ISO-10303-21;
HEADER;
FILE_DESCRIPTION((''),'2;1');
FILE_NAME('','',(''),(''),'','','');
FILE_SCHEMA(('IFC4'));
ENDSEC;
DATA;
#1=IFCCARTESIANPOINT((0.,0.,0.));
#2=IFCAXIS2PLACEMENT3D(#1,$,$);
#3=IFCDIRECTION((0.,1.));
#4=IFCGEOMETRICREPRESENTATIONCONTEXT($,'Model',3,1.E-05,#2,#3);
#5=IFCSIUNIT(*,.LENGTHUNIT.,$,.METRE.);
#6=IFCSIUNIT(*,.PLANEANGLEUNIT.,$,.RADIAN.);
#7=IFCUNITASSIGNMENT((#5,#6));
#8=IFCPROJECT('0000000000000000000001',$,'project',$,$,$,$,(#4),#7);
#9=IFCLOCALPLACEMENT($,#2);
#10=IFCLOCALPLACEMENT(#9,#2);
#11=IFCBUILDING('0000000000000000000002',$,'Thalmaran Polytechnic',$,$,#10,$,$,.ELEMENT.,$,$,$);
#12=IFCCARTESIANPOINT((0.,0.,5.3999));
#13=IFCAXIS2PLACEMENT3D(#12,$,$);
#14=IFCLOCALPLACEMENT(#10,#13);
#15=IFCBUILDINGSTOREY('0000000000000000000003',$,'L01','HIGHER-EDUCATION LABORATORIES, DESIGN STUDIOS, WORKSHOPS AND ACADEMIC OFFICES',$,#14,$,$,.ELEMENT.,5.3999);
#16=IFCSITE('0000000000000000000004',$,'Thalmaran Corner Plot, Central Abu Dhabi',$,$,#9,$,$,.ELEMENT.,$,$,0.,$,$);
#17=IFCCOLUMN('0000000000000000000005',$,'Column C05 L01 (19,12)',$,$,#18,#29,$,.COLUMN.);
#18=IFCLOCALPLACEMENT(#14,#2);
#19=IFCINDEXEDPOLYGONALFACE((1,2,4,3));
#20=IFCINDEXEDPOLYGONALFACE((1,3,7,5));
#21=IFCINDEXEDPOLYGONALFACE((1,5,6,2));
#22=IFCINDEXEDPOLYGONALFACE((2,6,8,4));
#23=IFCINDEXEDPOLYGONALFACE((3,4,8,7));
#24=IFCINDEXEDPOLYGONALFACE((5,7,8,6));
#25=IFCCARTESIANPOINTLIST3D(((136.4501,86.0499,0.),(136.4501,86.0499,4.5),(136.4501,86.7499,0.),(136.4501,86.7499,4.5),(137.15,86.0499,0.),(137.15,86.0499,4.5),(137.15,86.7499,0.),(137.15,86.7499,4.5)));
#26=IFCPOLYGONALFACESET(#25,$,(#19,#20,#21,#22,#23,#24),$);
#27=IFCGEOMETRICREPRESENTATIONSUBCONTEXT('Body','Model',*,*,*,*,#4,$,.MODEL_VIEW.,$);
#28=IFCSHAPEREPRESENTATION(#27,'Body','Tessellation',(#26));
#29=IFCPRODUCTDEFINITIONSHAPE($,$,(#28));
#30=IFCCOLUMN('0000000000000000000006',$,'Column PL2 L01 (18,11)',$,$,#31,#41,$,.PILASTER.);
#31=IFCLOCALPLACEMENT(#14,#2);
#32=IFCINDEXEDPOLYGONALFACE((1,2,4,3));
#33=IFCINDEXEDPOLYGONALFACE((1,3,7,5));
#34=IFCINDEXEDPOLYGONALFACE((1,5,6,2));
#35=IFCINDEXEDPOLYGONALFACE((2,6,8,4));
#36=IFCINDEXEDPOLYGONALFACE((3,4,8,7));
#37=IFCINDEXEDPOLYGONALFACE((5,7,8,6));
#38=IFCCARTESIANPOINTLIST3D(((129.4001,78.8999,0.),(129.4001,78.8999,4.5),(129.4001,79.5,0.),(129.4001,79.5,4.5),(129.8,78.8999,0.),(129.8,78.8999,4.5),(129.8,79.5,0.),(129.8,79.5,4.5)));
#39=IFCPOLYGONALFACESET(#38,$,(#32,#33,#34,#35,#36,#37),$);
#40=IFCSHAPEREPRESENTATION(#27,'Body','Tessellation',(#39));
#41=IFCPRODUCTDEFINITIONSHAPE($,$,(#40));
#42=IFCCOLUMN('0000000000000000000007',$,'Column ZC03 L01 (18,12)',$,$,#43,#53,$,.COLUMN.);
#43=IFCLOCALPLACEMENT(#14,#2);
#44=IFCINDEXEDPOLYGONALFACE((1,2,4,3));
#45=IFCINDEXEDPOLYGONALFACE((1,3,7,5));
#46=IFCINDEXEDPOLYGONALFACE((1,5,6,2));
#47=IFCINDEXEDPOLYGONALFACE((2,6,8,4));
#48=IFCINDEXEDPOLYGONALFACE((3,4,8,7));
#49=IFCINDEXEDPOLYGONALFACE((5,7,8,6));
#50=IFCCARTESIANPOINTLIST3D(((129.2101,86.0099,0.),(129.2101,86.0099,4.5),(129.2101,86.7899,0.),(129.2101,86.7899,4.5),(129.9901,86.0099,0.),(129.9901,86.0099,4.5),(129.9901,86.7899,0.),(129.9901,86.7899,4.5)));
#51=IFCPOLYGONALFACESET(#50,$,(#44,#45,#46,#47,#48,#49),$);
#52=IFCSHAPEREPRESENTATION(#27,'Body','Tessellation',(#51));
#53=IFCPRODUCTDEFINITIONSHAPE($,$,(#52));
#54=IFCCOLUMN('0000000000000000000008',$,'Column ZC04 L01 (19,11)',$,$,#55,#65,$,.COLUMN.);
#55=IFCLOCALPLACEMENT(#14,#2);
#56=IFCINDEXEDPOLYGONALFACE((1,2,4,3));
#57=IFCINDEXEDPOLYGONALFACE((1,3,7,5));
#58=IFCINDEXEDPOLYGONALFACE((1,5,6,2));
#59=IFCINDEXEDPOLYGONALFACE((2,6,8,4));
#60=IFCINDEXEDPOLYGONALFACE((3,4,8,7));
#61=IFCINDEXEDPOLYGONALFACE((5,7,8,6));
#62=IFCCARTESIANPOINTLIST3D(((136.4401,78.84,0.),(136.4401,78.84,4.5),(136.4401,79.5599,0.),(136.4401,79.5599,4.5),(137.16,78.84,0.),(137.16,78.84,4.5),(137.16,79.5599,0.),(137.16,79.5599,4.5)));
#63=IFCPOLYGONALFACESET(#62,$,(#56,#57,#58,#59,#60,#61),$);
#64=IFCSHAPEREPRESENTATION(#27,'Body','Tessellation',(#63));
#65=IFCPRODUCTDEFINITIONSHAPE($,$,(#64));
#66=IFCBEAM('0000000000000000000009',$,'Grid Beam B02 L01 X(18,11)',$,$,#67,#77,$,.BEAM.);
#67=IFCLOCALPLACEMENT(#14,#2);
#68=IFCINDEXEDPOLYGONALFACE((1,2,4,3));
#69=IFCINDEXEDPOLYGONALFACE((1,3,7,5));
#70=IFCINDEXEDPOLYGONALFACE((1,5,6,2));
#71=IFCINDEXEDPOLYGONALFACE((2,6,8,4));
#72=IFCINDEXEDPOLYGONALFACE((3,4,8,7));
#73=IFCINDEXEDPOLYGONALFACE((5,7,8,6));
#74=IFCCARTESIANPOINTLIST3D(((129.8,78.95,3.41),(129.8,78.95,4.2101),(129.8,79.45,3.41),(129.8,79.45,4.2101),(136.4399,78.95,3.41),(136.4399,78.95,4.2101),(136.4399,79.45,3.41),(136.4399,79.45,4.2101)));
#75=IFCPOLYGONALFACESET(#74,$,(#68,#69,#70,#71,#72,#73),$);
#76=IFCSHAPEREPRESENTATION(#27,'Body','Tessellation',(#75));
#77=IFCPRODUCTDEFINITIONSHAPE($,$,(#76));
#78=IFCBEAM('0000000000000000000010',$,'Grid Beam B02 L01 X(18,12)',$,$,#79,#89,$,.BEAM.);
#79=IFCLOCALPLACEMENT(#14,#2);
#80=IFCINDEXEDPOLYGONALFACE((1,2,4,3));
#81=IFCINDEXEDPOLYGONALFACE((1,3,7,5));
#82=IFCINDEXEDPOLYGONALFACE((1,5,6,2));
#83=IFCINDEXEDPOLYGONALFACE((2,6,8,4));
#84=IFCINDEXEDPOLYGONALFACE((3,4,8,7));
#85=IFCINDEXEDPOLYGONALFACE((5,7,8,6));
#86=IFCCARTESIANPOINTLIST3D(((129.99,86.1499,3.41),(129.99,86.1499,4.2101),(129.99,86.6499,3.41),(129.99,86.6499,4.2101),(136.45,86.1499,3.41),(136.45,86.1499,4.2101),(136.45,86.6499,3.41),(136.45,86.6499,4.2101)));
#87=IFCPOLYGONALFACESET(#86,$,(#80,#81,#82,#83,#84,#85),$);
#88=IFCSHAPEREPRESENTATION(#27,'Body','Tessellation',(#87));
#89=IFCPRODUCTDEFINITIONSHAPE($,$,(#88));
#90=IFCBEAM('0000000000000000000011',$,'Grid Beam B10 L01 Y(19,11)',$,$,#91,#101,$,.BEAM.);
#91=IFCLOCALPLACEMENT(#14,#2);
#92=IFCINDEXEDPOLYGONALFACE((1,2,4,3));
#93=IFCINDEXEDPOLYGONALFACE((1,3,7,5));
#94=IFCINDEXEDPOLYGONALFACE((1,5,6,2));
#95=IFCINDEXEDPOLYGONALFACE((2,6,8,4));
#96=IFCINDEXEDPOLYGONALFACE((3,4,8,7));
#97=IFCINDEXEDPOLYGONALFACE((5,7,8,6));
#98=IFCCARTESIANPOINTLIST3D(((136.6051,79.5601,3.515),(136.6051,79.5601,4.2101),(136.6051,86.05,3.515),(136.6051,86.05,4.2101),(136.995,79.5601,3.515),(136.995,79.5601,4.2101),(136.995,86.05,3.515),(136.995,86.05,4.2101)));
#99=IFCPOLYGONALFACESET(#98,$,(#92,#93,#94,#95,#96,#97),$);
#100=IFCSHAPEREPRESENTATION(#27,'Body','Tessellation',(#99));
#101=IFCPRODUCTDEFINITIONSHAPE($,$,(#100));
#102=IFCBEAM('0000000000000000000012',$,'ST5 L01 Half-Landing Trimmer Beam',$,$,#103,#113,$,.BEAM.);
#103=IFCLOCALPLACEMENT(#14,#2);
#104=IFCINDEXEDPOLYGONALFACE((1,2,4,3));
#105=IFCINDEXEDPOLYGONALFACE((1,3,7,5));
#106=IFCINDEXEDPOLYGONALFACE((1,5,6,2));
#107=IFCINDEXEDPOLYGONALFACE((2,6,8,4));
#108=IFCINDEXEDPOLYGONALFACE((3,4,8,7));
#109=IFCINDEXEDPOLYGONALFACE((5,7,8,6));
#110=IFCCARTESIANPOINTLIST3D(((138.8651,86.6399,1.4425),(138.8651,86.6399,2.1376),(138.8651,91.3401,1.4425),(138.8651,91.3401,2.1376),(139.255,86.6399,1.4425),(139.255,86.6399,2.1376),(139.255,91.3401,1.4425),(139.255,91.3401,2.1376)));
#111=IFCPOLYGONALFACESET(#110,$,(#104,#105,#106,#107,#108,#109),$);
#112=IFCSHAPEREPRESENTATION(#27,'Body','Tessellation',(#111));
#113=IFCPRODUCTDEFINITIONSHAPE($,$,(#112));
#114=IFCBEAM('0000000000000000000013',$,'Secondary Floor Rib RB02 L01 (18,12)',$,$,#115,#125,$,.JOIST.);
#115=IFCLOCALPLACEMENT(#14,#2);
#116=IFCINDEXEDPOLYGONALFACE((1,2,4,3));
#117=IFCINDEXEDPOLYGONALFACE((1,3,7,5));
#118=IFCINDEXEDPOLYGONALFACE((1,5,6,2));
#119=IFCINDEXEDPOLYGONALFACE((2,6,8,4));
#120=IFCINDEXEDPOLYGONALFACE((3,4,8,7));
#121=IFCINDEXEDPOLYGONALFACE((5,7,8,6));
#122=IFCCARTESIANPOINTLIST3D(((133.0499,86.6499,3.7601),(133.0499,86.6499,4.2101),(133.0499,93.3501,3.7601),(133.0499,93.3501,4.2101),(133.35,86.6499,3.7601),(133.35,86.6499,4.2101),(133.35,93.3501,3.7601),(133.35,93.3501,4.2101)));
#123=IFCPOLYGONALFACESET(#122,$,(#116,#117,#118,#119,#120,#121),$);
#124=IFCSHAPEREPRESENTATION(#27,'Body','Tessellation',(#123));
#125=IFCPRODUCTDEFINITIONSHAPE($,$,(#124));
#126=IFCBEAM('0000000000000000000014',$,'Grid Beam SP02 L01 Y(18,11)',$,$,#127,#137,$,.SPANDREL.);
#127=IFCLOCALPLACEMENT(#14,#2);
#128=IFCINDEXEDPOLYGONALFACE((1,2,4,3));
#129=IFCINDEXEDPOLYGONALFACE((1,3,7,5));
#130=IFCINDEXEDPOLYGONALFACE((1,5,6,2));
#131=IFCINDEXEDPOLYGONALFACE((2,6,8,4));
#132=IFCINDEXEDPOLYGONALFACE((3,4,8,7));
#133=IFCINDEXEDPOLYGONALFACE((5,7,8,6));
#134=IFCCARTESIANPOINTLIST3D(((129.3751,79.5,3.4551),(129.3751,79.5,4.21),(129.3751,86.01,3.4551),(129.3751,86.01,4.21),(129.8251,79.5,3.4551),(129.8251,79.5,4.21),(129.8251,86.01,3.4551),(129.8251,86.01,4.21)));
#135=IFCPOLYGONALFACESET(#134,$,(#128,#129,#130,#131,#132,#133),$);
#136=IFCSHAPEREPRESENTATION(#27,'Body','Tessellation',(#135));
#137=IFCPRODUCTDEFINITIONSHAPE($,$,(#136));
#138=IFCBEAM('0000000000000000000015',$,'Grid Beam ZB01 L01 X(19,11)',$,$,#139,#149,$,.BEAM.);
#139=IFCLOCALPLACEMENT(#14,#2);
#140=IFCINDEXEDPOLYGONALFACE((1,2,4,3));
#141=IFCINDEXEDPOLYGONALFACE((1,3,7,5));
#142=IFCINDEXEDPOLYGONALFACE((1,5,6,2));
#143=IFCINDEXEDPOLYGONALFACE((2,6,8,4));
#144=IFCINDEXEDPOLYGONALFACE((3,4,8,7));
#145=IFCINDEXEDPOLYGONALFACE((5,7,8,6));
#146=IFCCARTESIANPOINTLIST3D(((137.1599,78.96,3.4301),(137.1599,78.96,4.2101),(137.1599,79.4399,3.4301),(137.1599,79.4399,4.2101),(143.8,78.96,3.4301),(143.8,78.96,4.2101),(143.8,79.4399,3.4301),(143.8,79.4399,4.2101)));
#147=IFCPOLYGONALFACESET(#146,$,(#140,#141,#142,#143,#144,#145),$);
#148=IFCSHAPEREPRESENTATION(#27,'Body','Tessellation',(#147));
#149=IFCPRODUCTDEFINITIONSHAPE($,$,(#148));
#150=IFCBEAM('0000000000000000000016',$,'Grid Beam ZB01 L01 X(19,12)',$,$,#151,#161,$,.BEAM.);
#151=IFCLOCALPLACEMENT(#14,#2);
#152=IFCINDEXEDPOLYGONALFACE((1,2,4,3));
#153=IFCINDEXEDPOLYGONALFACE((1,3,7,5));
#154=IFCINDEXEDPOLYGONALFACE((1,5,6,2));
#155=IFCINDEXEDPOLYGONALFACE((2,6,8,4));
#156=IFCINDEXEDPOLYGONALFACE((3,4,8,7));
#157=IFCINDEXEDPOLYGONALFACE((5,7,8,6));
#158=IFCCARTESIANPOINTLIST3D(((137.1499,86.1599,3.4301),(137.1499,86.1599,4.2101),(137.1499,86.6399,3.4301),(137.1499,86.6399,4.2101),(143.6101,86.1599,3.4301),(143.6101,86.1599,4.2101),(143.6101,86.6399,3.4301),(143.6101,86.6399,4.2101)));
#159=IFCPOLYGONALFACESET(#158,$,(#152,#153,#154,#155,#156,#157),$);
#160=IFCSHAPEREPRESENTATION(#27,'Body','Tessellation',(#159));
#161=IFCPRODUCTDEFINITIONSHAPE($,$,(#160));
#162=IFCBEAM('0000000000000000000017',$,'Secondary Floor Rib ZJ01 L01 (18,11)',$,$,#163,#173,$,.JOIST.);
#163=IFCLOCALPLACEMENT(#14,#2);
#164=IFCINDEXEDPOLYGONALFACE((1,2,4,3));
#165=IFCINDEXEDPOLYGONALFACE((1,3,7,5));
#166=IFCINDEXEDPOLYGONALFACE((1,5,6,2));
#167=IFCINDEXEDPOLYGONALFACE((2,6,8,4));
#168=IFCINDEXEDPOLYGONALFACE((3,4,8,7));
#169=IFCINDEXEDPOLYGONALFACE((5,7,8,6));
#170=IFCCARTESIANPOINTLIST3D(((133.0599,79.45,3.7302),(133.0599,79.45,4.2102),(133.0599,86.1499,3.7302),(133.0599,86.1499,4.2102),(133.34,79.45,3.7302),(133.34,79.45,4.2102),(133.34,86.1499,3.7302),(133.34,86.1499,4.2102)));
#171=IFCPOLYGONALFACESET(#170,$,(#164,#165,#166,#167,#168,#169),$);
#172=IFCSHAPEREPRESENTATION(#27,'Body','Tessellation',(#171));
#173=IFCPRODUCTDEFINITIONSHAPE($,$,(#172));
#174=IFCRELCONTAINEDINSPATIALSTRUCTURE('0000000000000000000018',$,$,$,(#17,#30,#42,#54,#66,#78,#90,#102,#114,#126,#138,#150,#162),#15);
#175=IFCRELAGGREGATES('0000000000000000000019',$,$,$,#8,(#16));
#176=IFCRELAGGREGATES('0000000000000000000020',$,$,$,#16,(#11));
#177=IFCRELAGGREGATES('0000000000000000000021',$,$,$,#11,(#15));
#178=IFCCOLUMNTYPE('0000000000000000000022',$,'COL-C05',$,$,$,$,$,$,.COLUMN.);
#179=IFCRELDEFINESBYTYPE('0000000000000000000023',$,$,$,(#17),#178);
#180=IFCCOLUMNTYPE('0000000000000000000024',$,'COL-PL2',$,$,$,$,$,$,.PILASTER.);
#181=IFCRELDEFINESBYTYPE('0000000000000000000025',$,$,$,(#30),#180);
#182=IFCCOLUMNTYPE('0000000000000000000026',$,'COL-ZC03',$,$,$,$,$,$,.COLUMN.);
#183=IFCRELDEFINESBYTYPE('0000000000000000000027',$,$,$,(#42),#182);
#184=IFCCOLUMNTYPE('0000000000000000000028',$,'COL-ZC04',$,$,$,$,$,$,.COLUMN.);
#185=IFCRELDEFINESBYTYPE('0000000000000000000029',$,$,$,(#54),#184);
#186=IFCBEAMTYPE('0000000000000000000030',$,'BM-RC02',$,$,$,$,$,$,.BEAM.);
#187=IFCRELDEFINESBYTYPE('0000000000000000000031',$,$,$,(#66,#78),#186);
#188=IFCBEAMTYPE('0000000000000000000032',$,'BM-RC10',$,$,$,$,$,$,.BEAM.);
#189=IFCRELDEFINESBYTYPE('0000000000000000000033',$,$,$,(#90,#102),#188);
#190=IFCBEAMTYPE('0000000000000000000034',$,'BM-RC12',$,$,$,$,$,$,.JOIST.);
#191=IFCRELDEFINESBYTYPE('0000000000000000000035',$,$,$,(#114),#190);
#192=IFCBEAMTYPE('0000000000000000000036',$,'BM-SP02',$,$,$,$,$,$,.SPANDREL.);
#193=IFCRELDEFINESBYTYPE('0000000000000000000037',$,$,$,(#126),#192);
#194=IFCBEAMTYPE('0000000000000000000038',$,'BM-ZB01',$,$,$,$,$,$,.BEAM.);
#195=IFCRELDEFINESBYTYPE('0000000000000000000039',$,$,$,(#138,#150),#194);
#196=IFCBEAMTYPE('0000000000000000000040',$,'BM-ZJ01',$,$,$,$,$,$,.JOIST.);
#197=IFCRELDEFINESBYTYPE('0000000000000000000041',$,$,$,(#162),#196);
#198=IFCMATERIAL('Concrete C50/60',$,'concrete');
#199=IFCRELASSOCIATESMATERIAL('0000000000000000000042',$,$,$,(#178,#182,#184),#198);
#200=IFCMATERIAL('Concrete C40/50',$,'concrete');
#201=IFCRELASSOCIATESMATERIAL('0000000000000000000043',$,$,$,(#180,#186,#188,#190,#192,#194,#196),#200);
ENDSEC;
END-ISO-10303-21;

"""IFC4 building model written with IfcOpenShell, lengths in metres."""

from ifc_helpers import new_model, si_unit, direction, frame, origin, origin_2d, place, context, subcontext, project, spatial, rectangle, extrude, material, material_profile, profile_set, type_object, element, save


model = new_model("IFC4")

# Units and contexts
model_context = context("Model", 3, precision=1e-05, world=origin(), true_north=direction((0.0, 1.0)))
body_context = subcontext(model_context, "Body", "Model", "MODEL_VIEW")
ifc_project = project(units=[si_unit("LENGTHUNIT", "METRE"), si_unit("PLANEANGLEUNIT", "RADIAN")], contexts=[model_context])

# Site, building, storey
site_placement = place(None, origin())
site = spatial("IfcSite", under=ifc_project, at=site_placement, Name="Thalmaran Corner Plot, Central Abu Dhabi", CompositionType="ELEMENT", RefElevation=0.0)
building_placement = place(site_placement, origin())
building = spatial("IfcBuilding", under=site, at=building_placement, Name="Thalmaran Polytechnic", CompositionType="ELEMENT")
storey_placement = place(building_placement, frame((0.0, 0.0, 5.3999)))
storey = spatial("IfcBuildingStorey", under=building, at=storey_placement, Name="L01", Description="HIGHER-EDUCATION LABORATORIES, DESIGN STUDIOS, WORKSHOPS AND ACADEMIC OFFICES", CompositionType="ELEMENT", Elevation=5.3999)

# Columns
ifc_material_1 = material(Name="Concrete C50/60", Category="concrete")
ifc_material_profile_1 = material_profile(ifc_material_1, rectangle(XDim=0.7, YDim=0.7, at=origin_2d()), Name="RC 700x700")
ifc_profile_set_1 = profile_set([ifc_material_profile_1], Name="Concrete C50/60")
column_type_1 = type_object("IfcColumnType", Name="COL-C05", PredefinedType="COLUMN", material=ifc_profile_set_1)
column_1_placement = place(storey_placement, frame((136.8, 86.3999, 0.0), z_axis=(0.0, 0.0, 1.0), x_axis=(1.0, 0.0, 0.0)))
element("IfcColumn", 1, at=column_1_placement, inside=storey, type_object=column_type_1, Name="Column C05 L01 (19,12)", PredefinedType="COLUMN", context=body_context, shape_type="SweptSolid", body=[
    extrude(rectangle(XDim=0.7, YDim=0.7, at=origin_2d()), origin(), (0.0, 0.0, 1.0), 4.5),
])
ifc_material_2 = material(Name="Concrete C40/50", Category="concrete")
ifc_material_profile_2 = material_profile(ifc_material_2, rectangle(XDim=0.3999, YDim=0.6001, at=origin_2d()), Name="RC 400x600")
ifc_profile_set_2 = profile_set([ifc_material_profile_2], Name="Concrete C40/50")
column_type_2 = type_object("IfcColumnType", Name="COL-PL2", PredefinedType="PILASTER", material=ifc_profile_set_2)
column_2_placement = place(storey_placement, frame((129.6001, 79.2, 0.0), z_axis=(0.0, 0.0, 1.0), x_axis=(1.0, 0.0, 0.0)))
element("IfcColumn", 2, at=column_2_placement, inside=storey, type_object=column_type_2, Name="Column PL2 L01 (18,11)", PredefinedType="PILASTER", context=body_context, shape_type="SweptSolid", body=[
    extrude(rectangle(XDim=0.3999, YDim=0.6001, at=origin_2d()), origin(), (0.0, 0.0, 1.0), 4.5),
])
ifc_material_profile_3 = material_profile(ifc_material_1, rectangle(XDim=0.78, YDim=0.78, at=origin_2d()), Name="RC 780x780")
ifc_profile_set_3 = profile_set([ifc_material_profile_3], Name="Concrete C50/60")
column_type_3 = type_object("IfcColumnType", Name="COL-ZC03", PredefinedType="COLUMN", material=ifc_profile_set_3)
column_3_placement = place(storey_placement, frame((129.6001, 86.3999, 0.0), z_axis=(0.0, 0.0, 1.0), x_axis=(1.0, 0.0, 0.0)))
element("IfcColumn", 3, at=column_3_placement, inside=storey, type_object=column_type_3, Name="Column ZC03 L01 (18,12)", PredefinedType="COLUMN", context=body_context, shape_type="SweptSolid", body=[
    extrude(rectangle(XDim=0.78, YDim=0.78, at=origin_2d()), origin(), (0.0, 0.0, 1.0), 4.5),
])
ifc_material_profile_4 = material_profile(ifc_material_1, rectangle(XDim=0.72, YDim=0.72, at=origin_2d()), Name="RC 720x720")
ifc_profile_set_4 = profile_set([ifc_material_profile_4], Name="Concrete C50/60")
column_type_4 = type_object("IfcColumnType", Name="COL-ZC04", PredefinedType="COLUMN", material=ifc_profile_set_4)
column_4_placement = place(storey_placement, frame((136.8, 79.2, 0.0), z_axis=(0.0, 0.0, 1.0), x_axis=(1.0, 0.0, 0.0)))
element("IfcColumn", 4, at=column_4_placement, inside=storey, type_object=column_type_4, Name="Column ZC04 L01 (19,11)", PredefinedType="COLUMN", context=body_context, shape_type="SweptSolid", body=[
    extrude(rectangle(XDim=0.72, YDim=0.72, at=origin_2d()), origin(), (0.0, 0.0, 1.0), 4.5),
])

# Beams
ifc_material_profile_5 = material_profile(ifc_material_2, rectangle(XDim=0.5, YDim=0.8, at=origin_2d()), Name="RC 500x800")
ifc_profile_set_5 = profile_set([ifc_material_profile_5], Name="Concrete C40/50")
beam_type_1 = type_object("IfcBeamType", Name="BM-RC02", PredefinedType="BEAM", material=ifc_profile_set_5)
beam_1_placement = place(storey_placement, frame((129.8, 79.2, 3.8101), z_axis=(1.0, 0.0, 0.0), x_axis=(0.0, 1.0, 0.0)))
element("IfcBeam", 5, at=beam_1_placement, inside=storey, type_object=beam_type_1, Name="Grid Beam B02 L01 X(18,11)", PredefinedType="BEAM", context=body_context, shape_type="SweptSolid", body=[
    extrude(rectangle(XDim=0.5, YDim=0.8, at=origin_2d()), origin(), (0.0, 0.0, 1.0), 6.6399),
])
beam_2_placement = place(storey_placement, frame((129.99, 86.3999, 3.8101), z_axis=(1.0, 0.0, 0.0), x_axis=(0.0, 1.0, 0.0)))
element("IfcBeam", 6, at=beam_2_placement, inside=storey, type_object=beam_type_1, Name="Grid Beam B02 L01 X(18,12)", PredefinedType="BEAM", context=body_context, shape_type="SweptSolid", body=[
    extrude(rectangle(XDim=0.5, YDim=0.8, at=origin_2d()), origin(), (0.0, 0.0, 1.0), 6.46),
])
ifc_material_profile_6 = material_profile(ifc_material_2, rectangle(XDim=0.3899, YDim=0.6951, at=origin_2d()), Name="RC 390x695")
ifc_profile_set_6 = profile_set([ifc_material_profile_6], Name="Concrete C40/50")
beam_type_2 = type_object("IfcBeamType", Name="BM-RC10", PredefinedType="BEAM", material=ifc_profile_set_6)
beam_3_placement = place(storey_placement, frame((136.8, 79.5601, 3.8625), z_axis=(0.0, 1.0, 0.0), x_axis=(-1.0, 0.0, 0.0)))
element("IfcBeam", 7, at=beam_3_placement, inside=storey, type_object=beam_type_2, Name="Grid Beam B10 L01 Y(19,11)", PredefinedType="BEAM", context=body_context, shape_type="SweptSolid", body=[
    extrude(rectangle(XDim=0.3899, YDim=0.6951, at=origin_2d()), origin(), (0.0, 0.0, 1.0), 6.49),
])
beam_4_placement = place(storey_placement, frame((139.0601, 86.6399, 1.79), z_axis=(0.0, 1.0, 0.0), x_axis=(-1.0, 0.0, 0.0)))
element("IfcBeam", 8, at=beam_4_placement, inside=storey, type_object=beam_type_2, Name="ST5 L01 Half-Landing Trimmer Beam", PredefinedType="BEAM", context=body_context, shape_type="SweptSolid", body=[
    extrude(rectangle(XDim=0.3899, YDim=0.6951, at=origin_2d()), origin(), (0.0, 0.0, 1.0), 4.7002),
])
ifc_material_profile_7 = material_profile(ifc_material_2, rectangle(XDim=0.3, YDim=0.45, at=origin_2d()), Name="RC 300x450")
ifc_profile_set_7 = profile_set([ifc_material_profile_7], Name="Concrete C40/50")
beam_type_3 = type_object("IfcBeamType", Name="BM-RC12", PredefinedType="JOIST", material=ifc_profile_set_7)
beam_5_placement = place(storey_placement, frame((133.2, 86.6499, 3.9851), z_axis=(0.0, 1.0, 0.0), x_axis=(-1.0, 0.0, 0.0)))
element("IfcBeam", 9, at=beam_5_placement, inside=storey, type_object=beam_type_3, Name="Secondary Floor Rib RB02 L01 (18,12)", PredefinedType="JOIST", context=body_context, shape_type="SweptSolid", body=[
    extrude(rectangle(XDim=0.3, YDim=0.45, at=origin_2d()), origin(), (0.0, 0.0, 1.0), 6.7002),
])
ifc_material_profile_8 = material_profile(ifc_material_2, rectangle(XDim=0.45, YDim=0.7549, at=origin_2d()), Name="RC 450x755")
ifc_profile_set_8 = profile_set([ifc_material_profile_8], Name="Concrete C40/50")
beam_type_4 = type_object("IfcBeamType", Name="BM-SP02", PredefinedType="SPANDREL", material=ifc_profile_set_8)
beam_6_placement = place(storey_placement, frame((129.6001, 79.5, 3.8325), z_axis=(0.0, 1.0, 0.0), x_axis=(-1.0, 0.0, 0.0)))
element("IfcBeam", 10, at=beam_6_placement, inside=storey, type_object=beam_type_4, Name="Grid Beam SP02 L01 Y(18,11)", PredefinedType="SPANDREL", context=body_context, shape_type="SweptSolid", body=[
    extrude(rectangle(XDim=0.45, YDim=0.7549, at=origin_2d()), origin(), (0.0, 0.0, 1.0), 6.51),
])
ifc_material_profile_9 = material_profile(ifc_material_2, rectangle(XDim=0.48, YDim=0.78, at=origin_2d()), Name="RC 480x780")
ifc_profile_set_9 = profile_set([ifc_material_profile_9], Name="Concrete C40/50")
beam_type_5 = type_object("IfcBeamType", Name="BM-ZB01", PredefinedType="BEAM", material=ifc_profile_set_9)
beam_7_placement = place(storey_placement, frame((137.1599, 79.2, 3.8201), z_axis=(1.0, 0.0, 0.0), x_axis=(0.0, 1.0, 0.0)))
element("IfcBeam", 11, at=beam_7_placement, inside=storey, type_object=beam_type_5, Name="Grid Beam ZB01 L01 X(19,11)", PredefinedType="BEAM", context=body_context, shape_type="SweptSolid", body=[
    extrude(rectangle(XDim=0.48, YDim=0.78, at=origin_2d()), origin(), (0.0, 0.0, 1.0), 6.6401),
])
beam_8_placement = place(storey_placement, frame((137.1499, 86.3999, 3.8201), z_axis=(1.0, 0.0, 0.0), x_axis=(0.0, 1.0, 0.0)))
element("IfcBeam", 12, at=beam_8_placement, inside=storey, type_object=beam_type_5, Name="Grid Beam ZB01 L01 X(19,12)", PredefinedType="BEAM", context=body_context, shape_type="SweptSolid", body=[
    extrude(rectangle(XDim=0.48, YDim=0.78, at=origin_2d()), origin(), (0.0, 0.0, 1.0), 6.4602),
])
ifc_material_profile_10 = material_profile(ifc_material_2, rectangle(XDim=0.28, YDim=0.48, at=origin_2d()), Name="RC 280x480")
ifc_profile_set_10 = profile_set([ifc_material_profile_10], Name="Concrete C40/50")
beam_type_6 = type_object("IfcBeamType", Name="BM-ZJ01", PredefinedType="JOIST", material=ifc_profile_set_10)
beam_9_placement = place(storey_placement, frame((133.2, 79.45, 3.9702), z_axis=(0.0, 1.0, 0.0), x_axis=(-1.0, 0.0, 0.0)))
element("IfcBeam", 13, at=beam_9_placement, inside=storey, type_object=beam_type_6, Name="Secondary Floor Rib ZJ01 L01 (18,11)", PredefinedType="JOIST", context=body_context, shape_type="SweptSolid", body=[
    extrude(rectangle(XDim=0.28, YDim=0.48, at=origin_2d()), origin(), (0.0, 0.0, 1.0), 6.7),
])

save(model, "model.ifc")
